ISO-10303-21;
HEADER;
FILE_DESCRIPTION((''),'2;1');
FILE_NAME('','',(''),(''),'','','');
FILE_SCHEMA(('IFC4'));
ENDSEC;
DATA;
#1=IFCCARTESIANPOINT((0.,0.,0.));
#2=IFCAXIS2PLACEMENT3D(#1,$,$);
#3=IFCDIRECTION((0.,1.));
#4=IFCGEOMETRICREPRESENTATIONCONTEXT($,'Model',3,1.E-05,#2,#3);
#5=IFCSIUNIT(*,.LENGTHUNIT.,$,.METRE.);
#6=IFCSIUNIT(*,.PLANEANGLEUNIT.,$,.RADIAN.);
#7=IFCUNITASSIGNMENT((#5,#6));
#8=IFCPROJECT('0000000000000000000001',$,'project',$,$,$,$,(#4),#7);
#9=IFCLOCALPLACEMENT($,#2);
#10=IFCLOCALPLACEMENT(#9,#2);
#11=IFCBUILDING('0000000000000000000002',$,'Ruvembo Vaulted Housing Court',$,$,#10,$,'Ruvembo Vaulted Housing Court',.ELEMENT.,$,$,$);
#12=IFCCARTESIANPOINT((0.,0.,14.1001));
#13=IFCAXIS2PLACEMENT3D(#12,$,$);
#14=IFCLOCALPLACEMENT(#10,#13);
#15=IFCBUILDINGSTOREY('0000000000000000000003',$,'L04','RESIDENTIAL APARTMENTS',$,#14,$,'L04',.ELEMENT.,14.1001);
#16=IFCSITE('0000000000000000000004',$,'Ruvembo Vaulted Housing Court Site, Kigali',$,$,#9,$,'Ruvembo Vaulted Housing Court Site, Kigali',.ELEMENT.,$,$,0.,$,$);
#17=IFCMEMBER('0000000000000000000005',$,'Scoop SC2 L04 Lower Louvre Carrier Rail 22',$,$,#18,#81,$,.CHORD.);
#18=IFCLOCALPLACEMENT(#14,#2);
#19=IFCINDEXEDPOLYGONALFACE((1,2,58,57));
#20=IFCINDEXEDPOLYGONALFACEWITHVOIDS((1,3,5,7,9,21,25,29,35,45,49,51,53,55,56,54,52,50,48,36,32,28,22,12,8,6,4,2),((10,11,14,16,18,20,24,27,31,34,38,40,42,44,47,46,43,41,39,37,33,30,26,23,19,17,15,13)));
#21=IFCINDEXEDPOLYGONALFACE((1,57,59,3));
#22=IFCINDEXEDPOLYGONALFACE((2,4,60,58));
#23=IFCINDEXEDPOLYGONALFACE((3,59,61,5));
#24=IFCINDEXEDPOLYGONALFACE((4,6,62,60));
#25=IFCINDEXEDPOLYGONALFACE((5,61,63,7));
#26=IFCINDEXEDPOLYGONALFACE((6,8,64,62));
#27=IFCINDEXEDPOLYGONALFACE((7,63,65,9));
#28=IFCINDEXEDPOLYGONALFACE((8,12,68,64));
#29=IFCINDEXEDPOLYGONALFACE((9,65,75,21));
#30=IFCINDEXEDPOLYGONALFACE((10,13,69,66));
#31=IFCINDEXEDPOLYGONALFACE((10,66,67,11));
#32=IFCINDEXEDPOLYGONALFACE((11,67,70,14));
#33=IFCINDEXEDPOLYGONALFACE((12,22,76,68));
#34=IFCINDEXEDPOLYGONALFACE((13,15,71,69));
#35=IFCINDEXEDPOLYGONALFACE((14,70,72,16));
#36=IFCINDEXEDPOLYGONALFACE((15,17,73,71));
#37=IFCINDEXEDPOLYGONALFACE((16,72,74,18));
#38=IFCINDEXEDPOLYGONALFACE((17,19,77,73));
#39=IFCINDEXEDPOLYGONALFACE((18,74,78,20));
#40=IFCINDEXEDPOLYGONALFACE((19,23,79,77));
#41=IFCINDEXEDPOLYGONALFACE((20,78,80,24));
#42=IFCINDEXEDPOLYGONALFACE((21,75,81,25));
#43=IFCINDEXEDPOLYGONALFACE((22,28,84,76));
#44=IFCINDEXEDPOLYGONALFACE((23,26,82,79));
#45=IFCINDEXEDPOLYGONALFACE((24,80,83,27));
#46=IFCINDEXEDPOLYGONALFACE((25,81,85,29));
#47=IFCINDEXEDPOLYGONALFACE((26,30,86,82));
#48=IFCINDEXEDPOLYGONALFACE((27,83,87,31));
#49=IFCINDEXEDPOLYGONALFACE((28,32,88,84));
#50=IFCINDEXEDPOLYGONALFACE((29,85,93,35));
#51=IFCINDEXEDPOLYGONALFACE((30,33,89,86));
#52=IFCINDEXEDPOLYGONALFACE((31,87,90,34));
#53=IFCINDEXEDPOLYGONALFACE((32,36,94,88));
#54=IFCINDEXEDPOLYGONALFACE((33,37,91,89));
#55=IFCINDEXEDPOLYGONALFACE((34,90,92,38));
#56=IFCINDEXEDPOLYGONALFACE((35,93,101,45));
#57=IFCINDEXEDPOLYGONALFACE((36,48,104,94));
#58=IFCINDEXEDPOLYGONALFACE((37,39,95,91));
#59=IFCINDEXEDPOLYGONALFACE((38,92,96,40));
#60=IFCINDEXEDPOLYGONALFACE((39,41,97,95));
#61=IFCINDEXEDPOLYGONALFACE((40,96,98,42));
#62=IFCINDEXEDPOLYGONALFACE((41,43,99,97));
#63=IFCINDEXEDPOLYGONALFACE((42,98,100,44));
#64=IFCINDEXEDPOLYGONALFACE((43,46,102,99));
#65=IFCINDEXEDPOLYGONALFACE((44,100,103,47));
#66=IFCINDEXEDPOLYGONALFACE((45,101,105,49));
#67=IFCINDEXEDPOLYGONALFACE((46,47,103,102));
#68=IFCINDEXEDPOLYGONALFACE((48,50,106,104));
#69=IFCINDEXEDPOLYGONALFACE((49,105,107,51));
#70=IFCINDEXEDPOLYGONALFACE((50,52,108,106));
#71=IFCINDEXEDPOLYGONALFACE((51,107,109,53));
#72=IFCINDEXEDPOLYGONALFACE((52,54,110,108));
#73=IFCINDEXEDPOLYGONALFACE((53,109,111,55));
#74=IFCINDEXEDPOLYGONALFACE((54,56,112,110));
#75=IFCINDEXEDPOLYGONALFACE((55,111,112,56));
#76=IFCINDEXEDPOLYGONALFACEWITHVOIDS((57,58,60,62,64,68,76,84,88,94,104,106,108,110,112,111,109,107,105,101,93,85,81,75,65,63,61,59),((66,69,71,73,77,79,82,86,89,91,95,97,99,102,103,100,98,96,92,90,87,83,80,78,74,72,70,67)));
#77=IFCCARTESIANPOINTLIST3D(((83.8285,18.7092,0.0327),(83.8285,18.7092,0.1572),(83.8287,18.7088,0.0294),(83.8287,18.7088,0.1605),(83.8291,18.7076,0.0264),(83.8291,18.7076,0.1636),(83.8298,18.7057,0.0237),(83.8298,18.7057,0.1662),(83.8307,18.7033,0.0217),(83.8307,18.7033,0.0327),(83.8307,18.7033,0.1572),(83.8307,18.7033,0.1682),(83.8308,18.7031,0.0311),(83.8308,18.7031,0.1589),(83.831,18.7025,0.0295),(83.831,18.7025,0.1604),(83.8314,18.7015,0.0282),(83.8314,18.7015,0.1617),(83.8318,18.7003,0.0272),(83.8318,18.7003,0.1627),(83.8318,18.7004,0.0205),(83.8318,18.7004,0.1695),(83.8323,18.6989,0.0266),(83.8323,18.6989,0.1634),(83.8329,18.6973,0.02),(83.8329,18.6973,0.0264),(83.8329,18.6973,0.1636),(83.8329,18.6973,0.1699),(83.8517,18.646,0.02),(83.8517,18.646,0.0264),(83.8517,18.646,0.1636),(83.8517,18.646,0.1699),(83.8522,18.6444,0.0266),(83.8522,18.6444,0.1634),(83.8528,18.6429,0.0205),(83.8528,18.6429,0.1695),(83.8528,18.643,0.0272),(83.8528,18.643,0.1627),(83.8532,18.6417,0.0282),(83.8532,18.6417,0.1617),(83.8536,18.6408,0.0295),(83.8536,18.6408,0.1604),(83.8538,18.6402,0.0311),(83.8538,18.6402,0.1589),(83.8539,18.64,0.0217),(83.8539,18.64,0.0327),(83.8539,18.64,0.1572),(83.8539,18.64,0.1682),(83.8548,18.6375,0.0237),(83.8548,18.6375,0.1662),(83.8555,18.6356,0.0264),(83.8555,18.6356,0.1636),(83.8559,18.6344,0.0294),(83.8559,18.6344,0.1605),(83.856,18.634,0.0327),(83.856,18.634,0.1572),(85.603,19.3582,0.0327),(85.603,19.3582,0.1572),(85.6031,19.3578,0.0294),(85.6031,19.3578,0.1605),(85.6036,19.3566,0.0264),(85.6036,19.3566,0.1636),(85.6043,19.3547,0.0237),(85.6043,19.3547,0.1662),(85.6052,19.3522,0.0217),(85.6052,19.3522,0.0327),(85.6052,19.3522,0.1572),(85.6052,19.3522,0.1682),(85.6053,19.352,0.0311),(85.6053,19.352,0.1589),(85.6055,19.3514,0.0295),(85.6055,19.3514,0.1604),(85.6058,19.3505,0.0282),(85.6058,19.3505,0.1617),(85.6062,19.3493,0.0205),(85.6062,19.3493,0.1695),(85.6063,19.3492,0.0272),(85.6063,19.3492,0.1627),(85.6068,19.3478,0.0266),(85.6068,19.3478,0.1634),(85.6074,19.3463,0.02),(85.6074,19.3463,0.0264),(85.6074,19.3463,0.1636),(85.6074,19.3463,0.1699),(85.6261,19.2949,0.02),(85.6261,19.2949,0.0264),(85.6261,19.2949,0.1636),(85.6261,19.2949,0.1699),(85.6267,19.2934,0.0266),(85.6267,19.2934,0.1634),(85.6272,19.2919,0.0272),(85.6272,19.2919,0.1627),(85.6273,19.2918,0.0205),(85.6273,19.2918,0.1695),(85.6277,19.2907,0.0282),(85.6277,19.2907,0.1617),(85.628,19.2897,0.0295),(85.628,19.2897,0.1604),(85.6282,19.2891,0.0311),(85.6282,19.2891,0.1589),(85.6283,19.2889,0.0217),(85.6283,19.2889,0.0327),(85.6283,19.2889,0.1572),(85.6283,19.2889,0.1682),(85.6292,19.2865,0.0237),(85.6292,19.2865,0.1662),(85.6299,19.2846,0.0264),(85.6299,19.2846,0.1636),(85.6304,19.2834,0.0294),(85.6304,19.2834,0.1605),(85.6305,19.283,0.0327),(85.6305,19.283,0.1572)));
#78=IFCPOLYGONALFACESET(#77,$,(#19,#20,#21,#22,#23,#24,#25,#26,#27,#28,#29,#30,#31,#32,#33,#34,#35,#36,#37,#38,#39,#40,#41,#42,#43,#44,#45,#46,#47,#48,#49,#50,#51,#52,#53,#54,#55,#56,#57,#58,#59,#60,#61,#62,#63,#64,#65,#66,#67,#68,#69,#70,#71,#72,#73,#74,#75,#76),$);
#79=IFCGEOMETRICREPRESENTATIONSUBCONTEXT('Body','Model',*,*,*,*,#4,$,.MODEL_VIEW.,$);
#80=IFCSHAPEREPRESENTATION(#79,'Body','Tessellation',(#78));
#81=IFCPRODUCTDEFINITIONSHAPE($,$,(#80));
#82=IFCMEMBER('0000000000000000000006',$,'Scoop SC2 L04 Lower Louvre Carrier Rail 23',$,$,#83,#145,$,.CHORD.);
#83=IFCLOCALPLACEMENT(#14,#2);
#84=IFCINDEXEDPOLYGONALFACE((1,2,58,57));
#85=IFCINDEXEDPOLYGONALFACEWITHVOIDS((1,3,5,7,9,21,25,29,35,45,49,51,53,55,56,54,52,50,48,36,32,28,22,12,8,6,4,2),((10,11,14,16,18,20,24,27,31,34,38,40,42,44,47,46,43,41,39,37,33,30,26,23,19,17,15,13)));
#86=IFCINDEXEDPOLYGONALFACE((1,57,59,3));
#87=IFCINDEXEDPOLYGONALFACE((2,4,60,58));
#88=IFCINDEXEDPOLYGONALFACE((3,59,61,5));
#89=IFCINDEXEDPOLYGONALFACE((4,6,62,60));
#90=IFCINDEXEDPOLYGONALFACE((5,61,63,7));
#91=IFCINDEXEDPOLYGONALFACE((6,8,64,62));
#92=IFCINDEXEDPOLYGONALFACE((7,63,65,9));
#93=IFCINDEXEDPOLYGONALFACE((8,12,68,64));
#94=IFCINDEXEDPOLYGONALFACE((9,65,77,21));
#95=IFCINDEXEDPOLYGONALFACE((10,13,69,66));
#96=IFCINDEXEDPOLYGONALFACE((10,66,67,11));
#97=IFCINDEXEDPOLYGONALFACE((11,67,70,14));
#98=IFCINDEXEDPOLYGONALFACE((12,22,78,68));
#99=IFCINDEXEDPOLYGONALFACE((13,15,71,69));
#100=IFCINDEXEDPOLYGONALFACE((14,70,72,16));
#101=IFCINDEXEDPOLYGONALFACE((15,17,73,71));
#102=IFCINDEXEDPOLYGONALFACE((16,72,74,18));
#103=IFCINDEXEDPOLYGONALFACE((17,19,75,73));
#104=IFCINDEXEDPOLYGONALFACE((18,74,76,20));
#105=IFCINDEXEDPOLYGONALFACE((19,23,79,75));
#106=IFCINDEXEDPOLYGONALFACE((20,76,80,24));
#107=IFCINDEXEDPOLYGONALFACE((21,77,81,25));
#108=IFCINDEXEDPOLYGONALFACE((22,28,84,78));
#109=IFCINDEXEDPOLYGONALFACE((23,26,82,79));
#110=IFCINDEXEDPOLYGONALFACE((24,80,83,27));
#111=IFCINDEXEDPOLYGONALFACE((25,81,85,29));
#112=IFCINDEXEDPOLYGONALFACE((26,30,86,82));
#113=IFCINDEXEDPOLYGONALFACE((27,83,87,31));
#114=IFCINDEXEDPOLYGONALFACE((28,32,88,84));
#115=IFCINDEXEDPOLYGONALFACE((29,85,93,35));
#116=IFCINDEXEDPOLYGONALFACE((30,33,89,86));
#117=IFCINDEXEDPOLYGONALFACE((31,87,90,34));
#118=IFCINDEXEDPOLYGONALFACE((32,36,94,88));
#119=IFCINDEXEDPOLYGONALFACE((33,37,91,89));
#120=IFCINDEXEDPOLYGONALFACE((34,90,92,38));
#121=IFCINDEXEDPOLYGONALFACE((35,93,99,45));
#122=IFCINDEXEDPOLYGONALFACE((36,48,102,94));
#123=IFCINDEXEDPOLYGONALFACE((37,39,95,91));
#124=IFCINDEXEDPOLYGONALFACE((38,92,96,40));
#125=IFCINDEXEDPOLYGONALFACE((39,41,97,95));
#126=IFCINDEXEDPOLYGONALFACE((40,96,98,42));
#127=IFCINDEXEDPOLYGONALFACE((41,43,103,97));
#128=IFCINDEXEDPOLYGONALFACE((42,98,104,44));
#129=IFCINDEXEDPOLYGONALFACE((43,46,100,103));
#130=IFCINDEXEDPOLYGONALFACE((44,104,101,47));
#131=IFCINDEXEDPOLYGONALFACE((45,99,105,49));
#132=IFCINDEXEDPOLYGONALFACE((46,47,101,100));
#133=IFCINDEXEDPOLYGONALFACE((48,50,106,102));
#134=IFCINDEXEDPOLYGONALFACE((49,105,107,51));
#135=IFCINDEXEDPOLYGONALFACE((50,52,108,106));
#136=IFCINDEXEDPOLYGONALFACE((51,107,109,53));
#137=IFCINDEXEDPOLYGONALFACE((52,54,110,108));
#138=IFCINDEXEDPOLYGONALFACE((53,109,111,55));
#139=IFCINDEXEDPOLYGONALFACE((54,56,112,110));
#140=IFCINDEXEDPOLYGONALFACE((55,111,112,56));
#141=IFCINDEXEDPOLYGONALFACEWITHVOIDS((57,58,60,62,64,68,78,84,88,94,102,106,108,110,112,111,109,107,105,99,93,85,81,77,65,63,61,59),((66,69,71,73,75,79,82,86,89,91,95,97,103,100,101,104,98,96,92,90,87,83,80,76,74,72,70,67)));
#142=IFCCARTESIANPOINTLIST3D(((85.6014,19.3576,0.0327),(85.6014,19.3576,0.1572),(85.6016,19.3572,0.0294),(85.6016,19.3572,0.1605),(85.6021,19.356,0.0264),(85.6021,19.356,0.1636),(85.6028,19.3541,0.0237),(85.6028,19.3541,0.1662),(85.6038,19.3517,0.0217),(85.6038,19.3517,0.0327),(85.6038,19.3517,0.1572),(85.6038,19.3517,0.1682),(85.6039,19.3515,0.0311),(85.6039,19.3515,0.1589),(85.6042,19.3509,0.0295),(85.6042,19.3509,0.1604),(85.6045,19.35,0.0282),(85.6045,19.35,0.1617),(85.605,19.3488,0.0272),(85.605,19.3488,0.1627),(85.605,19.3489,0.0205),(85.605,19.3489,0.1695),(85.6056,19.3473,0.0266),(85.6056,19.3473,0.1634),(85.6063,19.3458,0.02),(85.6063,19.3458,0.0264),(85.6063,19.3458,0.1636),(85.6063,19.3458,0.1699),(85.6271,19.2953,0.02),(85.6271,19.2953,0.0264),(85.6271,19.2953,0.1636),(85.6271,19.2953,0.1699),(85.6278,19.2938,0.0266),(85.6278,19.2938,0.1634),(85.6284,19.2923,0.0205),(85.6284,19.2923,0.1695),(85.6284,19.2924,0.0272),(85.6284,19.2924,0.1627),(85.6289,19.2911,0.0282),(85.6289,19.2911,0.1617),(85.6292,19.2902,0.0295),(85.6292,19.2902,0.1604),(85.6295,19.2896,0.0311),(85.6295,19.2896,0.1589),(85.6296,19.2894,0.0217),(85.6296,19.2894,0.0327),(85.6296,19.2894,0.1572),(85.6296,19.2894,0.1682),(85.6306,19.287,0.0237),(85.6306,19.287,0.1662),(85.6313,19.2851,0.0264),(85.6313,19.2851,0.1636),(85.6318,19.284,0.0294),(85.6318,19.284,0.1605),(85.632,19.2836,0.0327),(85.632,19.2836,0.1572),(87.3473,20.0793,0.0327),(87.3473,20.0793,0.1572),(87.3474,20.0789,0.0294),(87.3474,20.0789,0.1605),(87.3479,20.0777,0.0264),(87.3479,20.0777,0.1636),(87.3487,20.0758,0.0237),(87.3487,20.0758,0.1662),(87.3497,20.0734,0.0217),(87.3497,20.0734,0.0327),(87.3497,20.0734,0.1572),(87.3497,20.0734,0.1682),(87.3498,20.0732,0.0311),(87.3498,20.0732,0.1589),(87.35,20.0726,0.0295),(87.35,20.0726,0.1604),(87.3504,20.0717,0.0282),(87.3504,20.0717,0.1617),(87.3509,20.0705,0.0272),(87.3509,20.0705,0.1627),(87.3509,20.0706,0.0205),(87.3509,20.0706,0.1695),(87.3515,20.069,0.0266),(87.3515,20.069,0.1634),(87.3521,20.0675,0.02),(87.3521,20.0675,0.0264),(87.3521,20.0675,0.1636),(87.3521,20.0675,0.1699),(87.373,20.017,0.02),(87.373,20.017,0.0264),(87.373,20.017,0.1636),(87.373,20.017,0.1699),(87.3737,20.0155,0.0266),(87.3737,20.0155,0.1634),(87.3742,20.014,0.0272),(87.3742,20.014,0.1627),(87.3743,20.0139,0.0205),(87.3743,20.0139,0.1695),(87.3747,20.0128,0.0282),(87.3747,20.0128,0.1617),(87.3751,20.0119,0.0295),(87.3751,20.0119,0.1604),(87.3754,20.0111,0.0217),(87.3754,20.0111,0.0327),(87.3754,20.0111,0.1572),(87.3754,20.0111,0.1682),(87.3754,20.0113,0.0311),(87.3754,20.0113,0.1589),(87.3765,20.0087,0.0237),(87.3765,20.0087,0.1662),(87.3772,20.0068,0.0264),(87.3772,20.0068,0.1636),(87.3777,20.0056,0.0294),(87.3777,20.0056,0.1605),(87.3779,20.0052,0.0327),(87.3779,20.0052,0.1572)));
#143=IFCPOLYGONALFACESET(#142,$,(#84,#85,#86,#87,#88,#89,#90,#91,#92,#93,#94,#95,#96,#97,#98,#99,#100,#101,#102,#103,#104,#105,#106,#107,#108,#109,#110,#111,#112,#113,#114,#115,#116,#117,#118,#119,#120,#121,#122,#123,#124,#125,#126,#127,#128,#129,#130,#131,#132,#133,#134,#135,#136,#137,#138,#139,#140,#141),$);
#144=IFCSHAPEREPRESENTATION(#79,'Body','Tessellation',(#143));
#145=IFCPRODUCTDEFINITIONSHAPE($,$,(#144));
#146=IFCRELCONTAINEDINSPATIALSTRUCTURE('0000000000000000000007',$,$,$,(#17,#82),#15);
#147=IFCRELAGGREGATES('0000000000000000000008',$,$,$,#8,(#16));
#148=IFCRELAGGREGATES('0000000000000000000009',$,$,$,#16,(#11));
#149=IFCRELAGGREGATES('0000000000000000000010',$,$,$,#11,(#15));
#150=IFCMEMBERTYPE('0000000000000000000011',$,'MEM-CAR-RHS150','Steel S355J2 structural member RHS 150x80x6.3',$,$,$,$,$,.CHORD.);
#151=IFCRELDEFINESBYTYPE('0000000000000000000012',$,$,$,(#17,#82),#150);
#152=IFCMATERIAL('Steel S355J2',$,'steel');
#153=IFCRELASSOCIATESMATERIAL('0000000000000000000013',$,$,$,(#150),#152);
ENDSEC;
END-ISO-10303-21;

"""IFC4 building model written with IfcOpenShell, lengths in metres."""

from ifc_helpers import new_model, si_unit, direction, frame, origin, origin_2d, place, context, subcontext, project, spatial, hollow_rectangle, extrude, material, material_profile, profile_set, type_object, element, save


model = new_model("IFC4")

# Units and contexts
model_context = context("Model", 3, precision=1e-05, world=origin(), true_north=direction((0.0, 1.0)))
body_context = subcontext(model_context, "Body", "Model", "MODEL_VIEW")
ifc_project = project(units=[si_unit("LENGTHUNIT", "METRE"), si_unit("PLANEANGLEUNIT", "RADIAN")], contexts=[model_context])

# Site, building, storey
site_placement = place(None, origin())
site = spatial("IfcSite", under=ifc_project, at=site_placement, Name="Ruvembo Vaulted Housing Court Site, Kigali", LongName="Ruvembo Vaulted Housing Court Site, Kigali", CompositionType="ELEMENT", RefElevation=0.0)
building_placement = place(site_placement, origin())
building = spatial("IfcBuilding", under=site, at=building_placement, Name="Ruvembo Vaulted Housing Court", LongName="Ruvembo Vaulted Housing Court", CompositionType="ELEMENT")
storey_placement = place(building_placement, frame((0.0, 0.0, 14.1001)))
storey = spatial("IfcBuildingStorey", under=building, at=storey_placement, Name="L04", Description="RESIDENTIAL APARTMENTS", LongName="L04", CompositionType="ELEMENT", Elevation=14.1001)

# Shared definitions
ifc_material_1 = material(Name="Steel S355J2", Category="steel")

# Members
ifc_material_profile_1 = material_profile(ifc_material_1, hollow_rectangle(XDim=0.0801, YDim=0.1499, WallThickness=0.0063, InnerFilletRadius=0.0063, OuterFilletRadius=0.0127, at=origin_2d()), Name="RHS 150x80x6.3")
ifc_profile_set_1 = profile_set([ifc_material_profile_1], Name="Steel S355J2")
member_type_1 = type_object("IfcMemberType", Name="MEM-CAR-RHS150", Description="Steel S355J2 structural member RHS 150x80x6.3", PredefinedType="CHORD", material=ifc_profile_set_1)
member_1_placement = place(storey_placement, frame((83.8423, 18.6716, 0.095), z_axis=(0.939166, 0.343465, 0.0), x_axis=(-0.343465, 0.939166, 0.0)))
element("IfcMember", 1, at=member_1_placement, inside=storey, type_object=member_type_1, Name="Scoop SC2 L04 Lower Louvre Carrier Rail 22", PredefinedType="CHORD", context=body_context, shape_type="SweptSolid", body=[
    extrude(hollow_rectangle(XDim=0.0801, YDim=0.1499, WallThickness=0.0063, InnerFilletRadius=0.0063, OuterFilletRadius=0.0127, at=origin_2d()), origin(), (0.0, 0.0, 1.0), 1.8894),
])
member_2_placement = place(storey_placement, frame((85.6167, 19.3206, 0.095), z_axis=(0.924155, 0.382017, 0.0), x_axis=(-0.382017, 0.924155, 0.0)))
element("IfcMember", 2, at=member_2_placement, inside=storey, type_object=member_type_1, Name="Scoop SC2 L04 Lower Louvre Carrier Rail 23", PredefinedType="CHORD", context=body_context, shape_type="SweptSolid", body=[
    extrude(hollow_rectangle(XDim=0.0801, YDim=0.1499, WallThickness=0.0063, InnerFilletRadius=0.0063, OuterFilletRadius=0.0127, at=origin_2d()), origin(), (0.0, 0.0, 1.0), 1.8892),
])

save(model, "model.ifc")
